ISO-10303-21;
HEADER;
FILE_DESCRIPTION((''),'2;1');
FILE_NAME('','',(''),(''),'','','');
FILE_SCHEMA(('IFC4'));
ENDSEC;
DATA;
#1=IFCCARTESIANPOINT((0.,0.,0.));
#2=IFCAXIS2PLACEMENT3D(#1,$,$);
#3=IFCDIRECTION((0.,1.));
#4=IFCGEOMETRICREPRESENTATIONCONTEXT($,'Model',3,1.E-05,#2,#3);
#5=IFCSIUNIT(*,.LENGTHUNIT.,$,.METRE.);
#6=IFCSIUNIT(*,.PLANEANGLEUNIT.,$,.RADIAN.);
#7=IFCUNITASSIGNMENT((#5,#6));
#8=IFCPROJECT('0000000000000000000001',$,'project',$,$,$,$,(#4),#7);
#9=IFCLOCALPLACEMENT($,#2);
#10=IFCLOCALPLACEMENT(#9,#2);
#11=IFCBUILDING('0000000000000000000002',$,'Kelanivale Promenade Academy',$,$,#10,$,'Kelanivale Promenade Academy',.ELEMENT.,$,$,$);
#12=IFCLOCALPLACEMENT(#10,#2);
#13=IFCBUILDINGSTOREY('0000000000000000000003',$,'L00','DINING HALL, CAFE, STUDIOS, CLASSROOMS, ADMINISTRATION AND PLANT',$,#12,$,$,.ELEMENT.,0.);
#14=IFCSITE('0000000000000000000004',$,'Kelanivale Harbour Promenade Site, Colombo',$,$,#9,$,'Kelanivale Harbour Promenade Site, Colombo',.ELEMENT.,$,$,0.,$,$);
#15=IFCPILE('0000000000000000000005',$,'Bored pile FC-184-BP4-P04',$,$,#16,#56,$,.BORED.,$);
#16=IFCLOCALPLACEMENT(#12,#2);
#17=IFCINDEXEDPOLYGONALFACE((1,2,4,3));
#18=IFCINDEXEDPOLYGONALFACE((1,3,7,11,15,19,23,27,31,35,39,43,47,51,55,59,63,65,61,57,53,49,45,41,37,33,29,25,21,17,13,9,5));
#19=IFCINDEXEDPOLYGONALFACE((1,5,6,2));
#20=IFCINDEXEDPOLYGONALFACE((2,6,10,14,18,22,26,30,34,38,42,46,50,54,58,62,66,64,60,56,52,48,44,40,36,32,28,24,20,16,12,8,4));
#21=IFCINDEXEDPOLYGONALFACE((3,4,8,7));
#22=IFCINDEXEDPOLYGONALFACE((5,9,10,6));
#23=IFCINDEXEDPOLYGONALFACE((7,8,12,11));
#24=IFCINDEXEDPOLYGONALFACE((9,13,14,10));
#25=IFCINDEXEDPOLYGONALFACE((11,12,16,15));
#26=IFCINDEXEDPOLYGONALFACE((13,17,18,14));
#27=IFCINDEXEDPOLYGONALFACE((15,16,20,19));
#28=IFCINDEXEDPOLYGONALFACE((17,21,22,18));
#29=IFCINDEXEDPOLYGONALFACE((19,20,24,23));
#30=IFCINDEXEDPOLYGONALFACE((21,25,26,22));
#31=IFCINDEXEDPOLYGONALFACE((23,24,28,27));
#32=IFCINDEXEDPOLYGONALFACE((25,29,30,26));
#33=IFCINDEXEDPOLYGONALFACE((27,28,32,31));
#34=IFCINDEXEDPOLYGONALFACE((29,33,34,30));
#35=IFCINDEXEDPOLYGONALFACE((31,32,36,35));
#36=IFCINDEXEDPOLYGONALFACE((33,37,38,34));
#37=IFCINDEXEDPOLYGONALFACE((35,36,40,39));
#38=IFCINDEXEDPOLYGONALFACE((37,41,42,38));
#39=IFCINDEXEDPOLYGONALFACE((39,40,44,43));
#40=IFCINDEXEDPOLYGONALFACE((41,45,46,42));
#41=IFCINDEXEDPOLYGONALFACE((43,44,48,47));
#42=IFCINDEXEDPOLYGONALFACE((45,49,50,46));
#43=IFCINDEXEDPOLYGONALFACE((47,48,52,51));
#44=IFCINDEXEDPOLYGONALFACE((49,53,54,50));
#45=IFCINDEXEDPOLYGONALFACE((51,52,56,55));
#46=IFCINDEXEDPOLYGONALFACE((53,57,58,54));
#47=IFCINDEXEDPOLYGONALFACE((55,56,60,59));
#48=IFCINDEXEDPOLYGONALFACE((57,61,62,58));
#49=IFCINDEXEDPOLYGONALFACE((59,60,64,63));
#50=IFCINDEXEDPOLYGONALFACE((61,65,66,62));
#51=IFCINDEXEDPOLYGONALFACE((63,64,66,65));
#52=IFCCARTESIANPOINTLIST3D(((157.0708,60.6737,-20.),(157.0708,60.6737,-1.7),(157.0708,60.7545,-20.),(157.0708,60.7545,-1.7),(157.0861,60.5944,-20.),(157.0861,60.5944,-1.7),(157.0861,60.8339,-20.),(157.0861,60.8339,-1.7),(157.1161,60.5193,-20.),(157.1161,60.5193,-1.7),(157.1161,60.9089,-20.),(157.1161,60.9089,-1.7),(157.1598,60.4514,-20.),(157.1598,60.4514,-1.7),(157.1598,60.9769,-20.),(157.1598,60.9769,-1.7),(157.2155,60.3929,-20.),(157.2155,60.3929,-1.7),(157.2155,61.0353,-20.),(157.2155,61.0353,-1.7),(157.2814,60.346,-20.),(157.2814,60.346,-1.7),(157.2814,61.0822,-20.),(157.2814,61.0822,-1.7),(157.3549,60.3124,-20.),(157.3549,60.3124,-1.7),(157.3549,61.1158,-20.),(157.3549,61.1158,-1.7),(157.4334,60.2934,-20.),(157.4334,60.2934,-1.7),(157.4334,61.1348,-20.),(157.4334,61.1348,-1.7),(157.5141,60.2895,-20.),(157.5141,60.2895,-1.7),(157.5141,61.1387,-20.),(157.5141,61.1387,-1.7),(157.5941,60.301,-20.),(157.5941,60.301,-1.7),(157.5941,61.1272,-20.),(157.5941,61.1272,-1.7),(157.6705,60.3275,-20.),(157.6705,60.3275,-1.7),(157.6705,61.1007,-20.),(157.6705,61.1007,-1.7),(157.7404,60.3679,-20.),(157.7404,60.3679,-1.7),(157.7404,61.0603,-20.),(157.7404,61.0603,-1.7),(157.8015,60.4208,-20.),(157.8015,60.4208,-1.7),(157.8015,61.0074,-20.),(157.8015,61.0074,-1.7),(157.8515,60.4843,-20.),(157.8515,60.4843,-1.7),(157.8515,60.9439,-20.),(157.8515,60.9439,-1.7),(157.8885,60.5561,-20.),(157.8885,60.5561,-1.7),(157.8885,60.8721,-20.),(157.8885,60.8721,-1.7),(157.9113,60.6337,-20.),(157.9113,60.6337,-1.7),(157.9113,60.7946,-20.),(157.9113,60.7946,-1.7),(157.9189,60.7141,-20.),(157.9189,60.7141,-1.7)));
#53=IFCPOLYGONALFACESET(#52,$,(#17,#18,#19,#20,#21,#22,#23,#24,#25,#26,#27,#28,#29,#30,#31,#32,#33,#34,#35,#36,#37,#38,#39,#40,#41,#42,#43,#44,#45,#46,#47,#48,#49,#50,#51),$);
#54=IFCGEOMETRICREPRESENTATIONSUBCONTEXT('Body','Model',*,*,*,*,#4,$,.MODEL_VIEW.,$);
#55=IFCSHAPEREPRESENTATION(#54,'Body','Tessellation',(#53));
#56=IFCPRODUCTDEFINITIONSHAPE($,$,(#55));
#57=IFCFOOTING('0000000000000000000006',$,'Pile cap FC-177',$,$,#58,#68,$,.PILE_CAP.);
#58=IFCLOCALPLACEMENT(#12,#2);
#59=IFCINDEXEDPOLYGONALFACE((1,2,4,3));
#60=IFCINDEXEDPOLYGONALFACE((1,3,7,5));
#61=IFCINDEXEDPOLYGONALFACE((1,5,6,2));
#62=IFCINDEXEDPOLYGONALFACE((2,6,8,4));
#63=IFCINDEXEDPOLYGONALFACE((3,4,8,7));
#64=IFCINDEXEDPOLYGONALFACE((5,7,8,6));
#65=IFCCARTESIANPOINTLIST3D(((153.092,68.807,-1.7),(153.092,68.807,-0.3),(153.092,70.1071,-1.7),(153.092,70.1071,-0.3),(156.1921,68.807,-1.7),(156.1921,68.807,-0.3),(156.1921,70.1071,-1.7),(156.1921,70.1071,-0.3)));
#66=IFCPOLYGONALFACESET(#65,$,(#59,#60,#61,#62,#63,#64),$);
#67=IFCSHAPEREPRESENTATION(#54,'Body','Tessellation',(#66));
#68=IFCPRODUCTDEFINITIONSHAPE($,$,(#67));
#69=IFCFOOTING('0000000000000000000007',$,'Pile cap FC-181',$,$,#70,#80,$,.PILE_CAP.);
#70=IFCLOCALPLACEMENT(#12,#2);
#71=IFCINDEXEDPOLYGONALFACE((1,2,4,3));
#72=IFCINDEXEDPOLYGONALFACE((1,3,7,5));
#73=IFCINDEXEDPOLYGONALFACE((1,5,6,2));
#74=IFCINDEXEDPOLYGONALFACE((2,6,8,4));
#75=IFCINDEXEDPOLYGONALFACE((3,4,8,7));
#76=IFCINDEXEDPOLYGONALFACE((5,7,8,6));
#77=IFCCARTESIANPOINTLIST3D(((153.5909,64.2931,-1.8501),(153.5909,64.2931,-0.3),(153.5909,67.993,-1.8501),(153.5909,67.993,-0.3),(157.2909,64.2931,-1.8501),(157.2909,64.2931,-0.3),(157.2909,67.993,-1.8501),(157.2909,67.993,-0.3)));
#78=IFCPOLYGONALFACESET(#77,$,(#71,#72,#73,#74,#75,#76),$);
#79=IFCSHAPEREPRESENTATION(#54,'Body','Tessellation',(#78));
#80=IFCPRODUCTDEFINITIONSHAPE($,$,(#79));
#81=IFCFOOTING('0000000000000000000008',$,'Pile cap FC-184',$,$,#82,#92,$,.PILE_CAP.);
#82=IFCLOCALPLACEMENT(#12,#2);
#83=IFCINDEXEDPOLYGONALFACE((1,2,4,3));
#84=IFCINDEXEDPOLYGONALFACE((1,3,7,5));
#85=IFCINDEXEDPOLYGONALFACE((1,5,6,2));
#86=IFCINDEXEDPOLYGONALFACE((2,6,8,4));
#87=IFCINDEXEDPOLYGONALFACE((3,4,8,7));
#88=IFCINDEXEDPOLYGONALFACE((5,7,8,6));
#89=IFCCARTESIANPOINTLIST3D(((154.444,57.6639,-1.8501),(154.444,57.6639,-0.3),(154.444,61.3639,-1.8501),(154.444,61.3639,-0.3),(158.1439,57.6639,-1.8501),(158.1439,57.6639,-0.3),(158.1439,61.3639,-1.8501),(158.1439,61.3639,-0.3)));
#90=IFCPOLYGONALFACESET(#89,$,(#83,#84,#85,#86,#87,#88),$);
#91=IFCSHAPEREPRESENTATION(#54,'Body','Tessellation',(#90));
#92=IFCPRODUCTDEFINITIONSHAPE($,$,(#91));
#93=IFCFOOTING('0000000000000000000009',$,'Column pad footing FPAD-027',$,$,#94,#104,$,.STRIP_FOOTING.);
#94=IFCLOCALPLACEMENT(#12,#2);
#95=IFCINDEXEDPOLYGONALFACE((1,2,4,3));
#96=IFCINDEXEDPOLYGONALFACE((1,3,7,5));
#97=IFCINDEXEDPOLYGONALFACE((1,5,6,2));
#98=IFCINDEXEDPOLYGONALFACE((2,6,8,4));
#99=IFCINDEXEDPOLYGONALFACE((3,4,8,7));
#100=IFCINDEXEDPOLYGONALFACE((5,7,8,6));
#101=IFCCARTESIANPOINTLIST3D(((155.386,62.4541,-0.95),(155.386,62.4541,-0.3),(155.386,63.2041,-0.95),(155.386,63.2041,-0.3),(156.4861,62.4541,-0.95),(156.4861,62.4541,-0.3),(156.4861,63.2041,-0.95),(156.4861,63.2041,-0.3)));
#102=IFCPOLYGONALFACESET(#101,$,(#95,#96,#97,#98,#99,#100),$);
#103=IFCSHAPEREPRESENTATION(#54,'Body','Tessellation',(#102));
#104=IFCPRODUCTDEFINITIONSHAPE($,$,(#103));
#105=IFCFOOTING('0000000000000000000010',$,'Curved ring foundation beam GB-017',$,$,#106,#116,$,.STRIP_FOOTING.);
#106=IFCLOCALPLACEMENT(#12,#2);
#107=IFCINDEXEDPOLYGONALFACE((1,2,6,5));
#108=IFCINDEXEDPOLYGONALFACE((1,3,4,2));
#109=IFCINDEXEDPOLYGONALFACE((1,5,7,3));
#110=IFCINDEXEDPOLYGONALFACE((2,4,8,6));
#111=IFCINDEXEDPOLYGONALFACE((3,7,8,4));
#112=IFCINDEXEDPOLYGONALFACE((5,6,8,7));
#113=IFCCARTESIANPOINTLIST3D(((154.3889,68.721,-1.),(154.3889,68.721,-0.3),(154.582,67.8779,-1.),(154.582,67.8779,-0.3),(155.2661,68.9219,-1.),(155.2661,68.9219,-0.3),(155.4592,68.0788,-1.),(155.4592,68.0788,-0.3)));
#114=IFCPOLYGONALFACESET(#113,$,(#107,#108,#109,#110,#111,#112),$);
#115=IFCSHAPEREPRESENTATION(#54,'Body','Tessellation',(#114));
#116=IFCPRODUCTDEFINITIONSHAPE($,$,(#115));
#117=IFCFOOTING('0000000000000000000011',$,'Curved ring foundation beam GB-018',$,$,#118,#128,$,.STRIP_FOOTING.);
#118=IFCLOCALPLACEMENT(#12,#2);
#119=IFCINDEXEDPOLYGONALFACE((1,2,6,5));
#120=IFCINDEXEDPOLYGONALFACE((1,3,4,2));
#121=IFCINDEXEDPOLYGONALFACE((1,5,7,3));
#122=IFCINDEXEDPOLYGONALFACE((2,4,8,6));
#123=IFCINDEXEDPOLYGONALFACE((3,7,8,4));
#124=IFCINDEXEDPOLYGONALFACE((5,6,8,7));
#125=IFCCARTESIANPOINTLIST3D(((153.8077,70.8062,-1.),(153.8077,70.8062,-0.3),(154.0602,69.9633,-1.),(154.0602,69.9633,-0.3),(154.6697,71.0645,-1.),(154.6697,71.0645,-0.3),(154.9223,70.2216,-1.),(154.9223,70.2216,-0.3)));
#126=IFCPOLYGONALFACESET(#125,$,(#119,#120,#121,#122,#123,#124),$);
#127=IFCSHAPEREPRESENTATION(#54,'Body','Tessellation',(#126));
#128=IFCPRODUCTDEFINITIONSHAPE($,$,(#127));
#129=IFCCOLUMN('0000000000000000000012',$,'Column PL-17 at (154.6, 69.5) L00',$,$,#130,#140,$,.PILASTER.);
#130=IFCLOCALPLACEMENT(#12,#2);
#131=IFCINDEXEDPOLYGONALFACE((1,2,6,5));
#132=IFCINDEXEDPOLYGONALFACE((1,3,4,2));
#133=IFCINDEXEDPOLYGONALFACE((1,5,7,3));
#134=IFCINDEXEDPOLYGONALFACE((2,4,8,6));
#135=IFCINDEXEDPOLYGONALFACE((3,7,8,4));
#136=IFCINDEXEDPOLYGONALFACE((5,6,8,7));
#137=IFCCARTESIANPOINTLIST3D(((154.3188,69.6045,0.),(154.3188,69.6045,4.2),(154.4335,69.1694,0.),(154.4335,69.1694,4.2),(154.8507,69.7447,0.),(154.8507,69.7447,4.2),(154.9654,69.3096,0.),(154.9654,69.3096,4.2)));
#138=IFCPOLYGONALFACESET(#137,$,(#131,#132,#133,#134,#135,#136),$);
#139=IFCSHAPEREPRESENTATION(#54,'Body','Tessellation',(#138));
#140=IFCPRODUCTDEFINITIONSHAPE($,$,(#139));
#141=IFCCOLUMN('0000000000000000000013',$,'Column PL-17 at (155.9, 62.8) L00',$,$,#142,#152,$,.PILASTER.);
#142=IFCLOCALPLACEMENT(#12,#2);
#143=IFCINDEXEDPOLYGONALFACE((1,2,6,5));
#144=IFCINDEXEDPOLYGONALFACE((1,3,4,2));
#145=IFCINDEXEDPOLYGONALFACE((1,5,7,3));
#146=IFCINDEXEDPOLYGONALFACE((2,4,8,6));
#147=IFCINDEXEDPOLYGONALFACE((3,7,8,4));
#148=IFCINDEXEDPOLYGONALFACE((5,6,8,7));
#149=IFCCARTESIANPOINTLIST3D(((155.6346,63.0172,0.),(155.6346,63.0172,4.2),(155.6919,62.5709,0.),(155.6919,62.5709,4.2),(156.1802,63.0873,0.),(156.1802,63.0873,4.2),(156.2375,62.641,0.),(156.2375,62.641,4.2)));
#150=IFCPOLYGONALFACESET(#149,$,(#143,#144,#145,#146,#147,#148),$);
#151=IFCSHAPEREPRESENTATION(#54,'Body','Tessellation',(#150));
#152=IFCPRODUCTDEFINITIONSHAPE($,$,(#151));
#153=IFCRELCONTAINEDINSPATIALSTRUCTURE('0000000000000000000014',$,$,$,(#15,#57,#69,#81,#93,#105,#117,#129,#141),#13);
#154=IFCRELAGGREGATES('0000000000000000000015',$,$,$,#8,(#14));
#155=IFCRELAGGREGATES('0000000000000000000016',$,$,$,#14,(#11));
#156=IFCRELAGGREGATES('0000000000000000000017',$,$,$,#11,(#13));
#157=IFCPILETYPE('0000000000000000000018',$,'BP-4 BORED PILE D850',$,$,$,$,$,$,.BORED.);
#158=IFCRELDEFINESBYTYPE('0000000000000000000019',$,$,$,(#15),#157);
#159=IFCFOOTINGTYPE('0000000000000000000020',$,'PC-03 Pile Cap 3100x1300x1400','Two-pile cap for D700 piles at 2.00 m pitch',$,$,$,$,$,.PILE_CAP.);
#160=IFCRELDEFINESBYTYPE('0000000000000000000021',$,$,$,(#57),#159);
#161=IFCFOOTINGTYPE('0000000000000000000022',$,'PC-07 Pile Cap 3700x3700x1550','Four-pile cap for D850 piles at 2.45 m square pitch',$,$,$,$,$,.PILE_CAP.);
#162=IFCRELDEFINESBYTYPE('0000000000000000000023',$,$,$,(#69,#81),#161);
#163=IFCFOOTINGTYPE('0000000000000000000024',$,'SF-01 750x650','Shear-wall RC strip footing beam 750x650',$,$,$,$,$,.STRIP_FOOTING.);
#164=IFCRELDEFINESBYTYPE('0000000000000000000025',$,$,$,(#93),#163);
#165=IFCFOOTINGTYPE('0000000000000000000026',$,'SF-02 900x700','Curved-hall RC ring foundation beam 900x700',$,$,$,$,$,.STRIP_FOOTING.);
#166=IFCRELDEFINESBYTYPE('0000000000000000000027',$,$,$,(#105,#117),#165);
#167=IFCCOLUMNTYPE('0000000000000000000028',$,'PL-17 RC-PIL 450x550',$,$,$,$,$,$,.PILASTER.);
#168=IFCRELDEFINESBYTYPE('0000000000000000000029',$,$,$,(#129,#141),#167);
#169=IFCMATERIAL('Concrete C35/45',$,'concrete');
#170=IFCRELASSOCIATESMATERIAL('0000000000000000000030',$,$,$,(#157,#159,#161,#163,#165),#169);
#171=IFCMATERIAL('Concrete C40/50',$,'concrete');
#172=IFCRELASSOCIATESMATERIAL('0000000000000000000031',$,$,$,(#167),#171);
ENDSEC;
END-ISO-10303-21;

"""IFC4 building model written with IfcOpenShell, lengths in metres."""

from ifc_helpers import new_model, si_unit, direction, frame, origin, origin_2d, place, context, subcontext, project, spatial, rectangle, circle, extrude, material, material_profile, profile_set, type_object, element, save


model = new_model("IFC4")

# Units and contexts
model_context = context("Model", 3, precision=1e-05, world=origin(), true_north=direction((0.0, 1.0)))
body_context = subcontext(model_context, "Body", "Model", "MODEL_VIEW")
ifc_project = project(units=[si_unit("LENGTHUNIT", "METRE"), si_unit("PLANEANGLEUNIT", "RADIAN")], contexts=[model_context])

# Site, building, storey
site_placement = place(None, origin())
site = spatial("IfcSite", under=ifc_project, at=site_placement, Name="Kelanivale Harbour Promenade Site, Colombo", LongName="Kelanivale Harbour Promenade Site, Colombo", CompositionType="ELEMENT", RefElevation=0.0)
building_placement = place(site_placement, origin())
building = spatial("IfcBuilding", under=site, at=building_placement, Name="Kelanivale Promenade Academy", LongName="Kelanivale Promenade Academy", CompositionType="ELEMENT")
storey_placement = place(building_placement, origin())
storey = spatial("IfcBuildingStorey", under=building, at=storey_placement, Name="L00", Description="DINING HALL, CAFE, STUDIOS, CLASSROOMS, ADMINISTRATION AND PLANT", CompositionType="ELEMENT", Elevation=0.0)

# Pile
ifc_material_1 = material(Name="Concrete C35/45", Category="concrete")
ifc_material_profile_1 = material_profile(ifc_material_1, circle(Radius=0.425, at=origin_2d()), Name="BORED PILE D850")
ifc_profile_set_1 = profile_set([ifc_material_profile_1], Name="Concrete C35/45")
pile_type_1 = type_object("IfcPileType", Name="BP-4 BORED PILE D850", PredefinedType="BORED", material=ifc_profile_set_1)
for number, where, z_axis, x_axis, name in (
    (1, (157.4939, 60.7141, -1.7), (0.0, 0.0, -1.0), (1.0, 0.0, 0.0), "Bored pile FC-184-BP4-P04"),
):
    element("IfcPile", number, at=place(storey_placement, frame(where, z_axis=z_axis, x_axis=x_axis)), inside=storey, type_object=pile_type_1, Name=name, PredefinedType="BORED", context=body_context, shape_type="SweptSolid", body=[
        extrude(circle(Radius=0.425, at=origin_2d()), origin(), (0.0, 0.0, 1.0), 18.3),
    ])

# Footings
footing_type_1 = type_object("IfcFootingType", Name="PC-03 Pile Cap 3100x1300x1400", Description="Two-pile cap for D700 piles at 2.00 m pitch", PredefinedType="PILE_CAP", material=ifc_material_1)
footing_1_placement = place(storey_placement, frame((154.6421, 69.457, -1.7), z_axis=(0.0, 0.0, 1.0), x_axis=(1.0, 0.0, 0.0)))
element("IfcFooting", 2, at=footing_1_placement, inside=storey, type_object=footing_type_1, Name="Pile cap FC-177", PredefinedType="PILE_CAP", context=body_context, shape_type="SweptSolid", body=[
    extrude(rectangle(XDim=3.1001, YDim=1.3, at=origin_2d()), origin(), (0.0, 0.0, 1.0), 1.3999),
])
footing_type_2 = type_object("IfcFootingType", Name="PC-07 Pile Cap 3700x3700x1550", Description="Four-pile cap for D850 piles at 2.45 m square pitch", PredefinedType="PILE_CAP", material=ifc_material_1)
for number, where, z_axis, x_axis, name in (
    (3, (155.4409, 66.1431, -1.8501), (0.0, 0.0, 1.0), (1.0, 0.0, 0.0), "Pile cap FC-181"),
    (4, (156.2939, 59.5139, -1.8501), (0.0, 0.0, 1.0), (1.0, 0.0, 0.0), "Pile cap FC-184"),
):
    element("IfcFooting", number, at=place(storey_placement, frame(where, z_axis=z_axis, x_axis=x_axis)), inside=storey, type_object=footing_type_2, Name=name, PredefinedType="PILE_CAP", context=body_context, shape_type="SweptSolid", body=[
        extrude(rectangle(XDim=3.7, YDim=3.7, at=origin_2d()), origin(), (0.0, 0.0, 1.0), 1.55),
    ])
footing_type_3 = type_object("IfcFootingType", Name="SF-01 750x650", Description="Shear-wall RC strip footing beam 750x650", PredefinedType="STRIP_FOOTING", material=ifc_material_1)
footing_2_placement = place(storey_placement, frame((155.936, 62.8291, -0.95), z_axis=(0.0, 0.0, 1.0), x_axis=(1.0, 0.0, 0.0)))
element("IfcFooting", 5, at=footing_2_placement, inside=storey, type_object=footing_type_3, Name="Column pad footing FPAD-027", PredefinedType="STRIP_FOOTING", context=body_context, shape_type="SweptSolid", body=[
    extrude(rectangle(XDim=1.1001, YDim=0.75, at=origin_2d()), origin(), (0.0, 0.0, 1.0), 0.6499),
])
footing_type_4 = type_object("IfcFootingType", Name="SF-02 900x700", Description="Curved-hall RC ring foundation beam 900x700", PredefinedType="STRIP_FOOTING", material=ifc_material_1)
footing_3_placement = place(storey_placement, frame((154.9241, 68.3999, -1.0), z_axis=(0.0, 0.0, 1.0), x_axis=(-0.22325, 0.974761, 0.0)))
element("IfcFooting", 6, at=footing_3_placement, inside=storey, type_object=footing_type_4, Name="Curved ring foundation beam GB-017", PredefinedType="STRIP_FOOTING", context=body_context, shape_type="SweptSolid", body=[
    extrude(rectangle(XDim=0.865, YDim=0.8999, at=origin_2d()), origin(), (0.0, 0.0, 1.0), 0.7),
])
footing_4_placement = place(storey_placement, frame((154.365, 70.5139, -1.0), z_axis=(0.0, 0.0, 1.0), x_axis=(-0.287026, 0.957923, 0.0)))
element("IfcFooting", 7, at=footing_4_placement, inside=storey, type_object=footing_type_4, Name="Curved ring foundation beam GB-018", PredefinedType="STRIP_FOOTING", context=body_context, shape_type="SweptSolid", body=[
    extrude(rectangle(XDim=0.8799, YDim=0.8999, at=origin_2d()), origin(), (0.0, 0.0, 1.0), 0.7),
])

# Columns
ifc_material_2 = material(Name="Concrete C40/50", Category="concrete")
ifc_material_profile_2 = material_profile(ifc_material_2, rectangle(XDim=0.45, YDim=0.55, at=origin_2d()), Name="RC-PIL 450x550")
ifc_profile_set_2 = profile_set([ifc_material_profile_2], Name="Concrete C40/50")
column_type_1 = type_object("IfcColumnType", Name="PL-17 RC-PIL 450x550", PredefinedType="PILASTER", material=ifc_profile_set_2)
for number, where, z_axis, x_axis, name in (
    (8, (154.6421, 69.457, 0.0), (0.0, 0.0, 1.0), (-0.254939, 0.966957, 0.0), "Column PL-17 at (154.6, 69.5) L00"),
    (9, (155.936, 62.8291, 0.0), (0.0, 0.0, 1.0), (-0.127411, 0.99185, 0.0), "Column PL-17 at (155.9, 62.8) L00"),
):
    element("IfcColumn", number, at=place(storey_placement, frame(where, z_axis=z_axis, x_axis=x_axis)), inside=storey, type_object=column_type_1, Name=name, PredefinedType="PILASTER", context=body_context, shape_type="SweptSolid", body=[
        extrude(rectangle(XDim=0.45, YDim=0.55, at=origin_2d()), origin(), (0.0, 0.0, 1.0), 4.2),
    ])

save(model, "model.ifc")
